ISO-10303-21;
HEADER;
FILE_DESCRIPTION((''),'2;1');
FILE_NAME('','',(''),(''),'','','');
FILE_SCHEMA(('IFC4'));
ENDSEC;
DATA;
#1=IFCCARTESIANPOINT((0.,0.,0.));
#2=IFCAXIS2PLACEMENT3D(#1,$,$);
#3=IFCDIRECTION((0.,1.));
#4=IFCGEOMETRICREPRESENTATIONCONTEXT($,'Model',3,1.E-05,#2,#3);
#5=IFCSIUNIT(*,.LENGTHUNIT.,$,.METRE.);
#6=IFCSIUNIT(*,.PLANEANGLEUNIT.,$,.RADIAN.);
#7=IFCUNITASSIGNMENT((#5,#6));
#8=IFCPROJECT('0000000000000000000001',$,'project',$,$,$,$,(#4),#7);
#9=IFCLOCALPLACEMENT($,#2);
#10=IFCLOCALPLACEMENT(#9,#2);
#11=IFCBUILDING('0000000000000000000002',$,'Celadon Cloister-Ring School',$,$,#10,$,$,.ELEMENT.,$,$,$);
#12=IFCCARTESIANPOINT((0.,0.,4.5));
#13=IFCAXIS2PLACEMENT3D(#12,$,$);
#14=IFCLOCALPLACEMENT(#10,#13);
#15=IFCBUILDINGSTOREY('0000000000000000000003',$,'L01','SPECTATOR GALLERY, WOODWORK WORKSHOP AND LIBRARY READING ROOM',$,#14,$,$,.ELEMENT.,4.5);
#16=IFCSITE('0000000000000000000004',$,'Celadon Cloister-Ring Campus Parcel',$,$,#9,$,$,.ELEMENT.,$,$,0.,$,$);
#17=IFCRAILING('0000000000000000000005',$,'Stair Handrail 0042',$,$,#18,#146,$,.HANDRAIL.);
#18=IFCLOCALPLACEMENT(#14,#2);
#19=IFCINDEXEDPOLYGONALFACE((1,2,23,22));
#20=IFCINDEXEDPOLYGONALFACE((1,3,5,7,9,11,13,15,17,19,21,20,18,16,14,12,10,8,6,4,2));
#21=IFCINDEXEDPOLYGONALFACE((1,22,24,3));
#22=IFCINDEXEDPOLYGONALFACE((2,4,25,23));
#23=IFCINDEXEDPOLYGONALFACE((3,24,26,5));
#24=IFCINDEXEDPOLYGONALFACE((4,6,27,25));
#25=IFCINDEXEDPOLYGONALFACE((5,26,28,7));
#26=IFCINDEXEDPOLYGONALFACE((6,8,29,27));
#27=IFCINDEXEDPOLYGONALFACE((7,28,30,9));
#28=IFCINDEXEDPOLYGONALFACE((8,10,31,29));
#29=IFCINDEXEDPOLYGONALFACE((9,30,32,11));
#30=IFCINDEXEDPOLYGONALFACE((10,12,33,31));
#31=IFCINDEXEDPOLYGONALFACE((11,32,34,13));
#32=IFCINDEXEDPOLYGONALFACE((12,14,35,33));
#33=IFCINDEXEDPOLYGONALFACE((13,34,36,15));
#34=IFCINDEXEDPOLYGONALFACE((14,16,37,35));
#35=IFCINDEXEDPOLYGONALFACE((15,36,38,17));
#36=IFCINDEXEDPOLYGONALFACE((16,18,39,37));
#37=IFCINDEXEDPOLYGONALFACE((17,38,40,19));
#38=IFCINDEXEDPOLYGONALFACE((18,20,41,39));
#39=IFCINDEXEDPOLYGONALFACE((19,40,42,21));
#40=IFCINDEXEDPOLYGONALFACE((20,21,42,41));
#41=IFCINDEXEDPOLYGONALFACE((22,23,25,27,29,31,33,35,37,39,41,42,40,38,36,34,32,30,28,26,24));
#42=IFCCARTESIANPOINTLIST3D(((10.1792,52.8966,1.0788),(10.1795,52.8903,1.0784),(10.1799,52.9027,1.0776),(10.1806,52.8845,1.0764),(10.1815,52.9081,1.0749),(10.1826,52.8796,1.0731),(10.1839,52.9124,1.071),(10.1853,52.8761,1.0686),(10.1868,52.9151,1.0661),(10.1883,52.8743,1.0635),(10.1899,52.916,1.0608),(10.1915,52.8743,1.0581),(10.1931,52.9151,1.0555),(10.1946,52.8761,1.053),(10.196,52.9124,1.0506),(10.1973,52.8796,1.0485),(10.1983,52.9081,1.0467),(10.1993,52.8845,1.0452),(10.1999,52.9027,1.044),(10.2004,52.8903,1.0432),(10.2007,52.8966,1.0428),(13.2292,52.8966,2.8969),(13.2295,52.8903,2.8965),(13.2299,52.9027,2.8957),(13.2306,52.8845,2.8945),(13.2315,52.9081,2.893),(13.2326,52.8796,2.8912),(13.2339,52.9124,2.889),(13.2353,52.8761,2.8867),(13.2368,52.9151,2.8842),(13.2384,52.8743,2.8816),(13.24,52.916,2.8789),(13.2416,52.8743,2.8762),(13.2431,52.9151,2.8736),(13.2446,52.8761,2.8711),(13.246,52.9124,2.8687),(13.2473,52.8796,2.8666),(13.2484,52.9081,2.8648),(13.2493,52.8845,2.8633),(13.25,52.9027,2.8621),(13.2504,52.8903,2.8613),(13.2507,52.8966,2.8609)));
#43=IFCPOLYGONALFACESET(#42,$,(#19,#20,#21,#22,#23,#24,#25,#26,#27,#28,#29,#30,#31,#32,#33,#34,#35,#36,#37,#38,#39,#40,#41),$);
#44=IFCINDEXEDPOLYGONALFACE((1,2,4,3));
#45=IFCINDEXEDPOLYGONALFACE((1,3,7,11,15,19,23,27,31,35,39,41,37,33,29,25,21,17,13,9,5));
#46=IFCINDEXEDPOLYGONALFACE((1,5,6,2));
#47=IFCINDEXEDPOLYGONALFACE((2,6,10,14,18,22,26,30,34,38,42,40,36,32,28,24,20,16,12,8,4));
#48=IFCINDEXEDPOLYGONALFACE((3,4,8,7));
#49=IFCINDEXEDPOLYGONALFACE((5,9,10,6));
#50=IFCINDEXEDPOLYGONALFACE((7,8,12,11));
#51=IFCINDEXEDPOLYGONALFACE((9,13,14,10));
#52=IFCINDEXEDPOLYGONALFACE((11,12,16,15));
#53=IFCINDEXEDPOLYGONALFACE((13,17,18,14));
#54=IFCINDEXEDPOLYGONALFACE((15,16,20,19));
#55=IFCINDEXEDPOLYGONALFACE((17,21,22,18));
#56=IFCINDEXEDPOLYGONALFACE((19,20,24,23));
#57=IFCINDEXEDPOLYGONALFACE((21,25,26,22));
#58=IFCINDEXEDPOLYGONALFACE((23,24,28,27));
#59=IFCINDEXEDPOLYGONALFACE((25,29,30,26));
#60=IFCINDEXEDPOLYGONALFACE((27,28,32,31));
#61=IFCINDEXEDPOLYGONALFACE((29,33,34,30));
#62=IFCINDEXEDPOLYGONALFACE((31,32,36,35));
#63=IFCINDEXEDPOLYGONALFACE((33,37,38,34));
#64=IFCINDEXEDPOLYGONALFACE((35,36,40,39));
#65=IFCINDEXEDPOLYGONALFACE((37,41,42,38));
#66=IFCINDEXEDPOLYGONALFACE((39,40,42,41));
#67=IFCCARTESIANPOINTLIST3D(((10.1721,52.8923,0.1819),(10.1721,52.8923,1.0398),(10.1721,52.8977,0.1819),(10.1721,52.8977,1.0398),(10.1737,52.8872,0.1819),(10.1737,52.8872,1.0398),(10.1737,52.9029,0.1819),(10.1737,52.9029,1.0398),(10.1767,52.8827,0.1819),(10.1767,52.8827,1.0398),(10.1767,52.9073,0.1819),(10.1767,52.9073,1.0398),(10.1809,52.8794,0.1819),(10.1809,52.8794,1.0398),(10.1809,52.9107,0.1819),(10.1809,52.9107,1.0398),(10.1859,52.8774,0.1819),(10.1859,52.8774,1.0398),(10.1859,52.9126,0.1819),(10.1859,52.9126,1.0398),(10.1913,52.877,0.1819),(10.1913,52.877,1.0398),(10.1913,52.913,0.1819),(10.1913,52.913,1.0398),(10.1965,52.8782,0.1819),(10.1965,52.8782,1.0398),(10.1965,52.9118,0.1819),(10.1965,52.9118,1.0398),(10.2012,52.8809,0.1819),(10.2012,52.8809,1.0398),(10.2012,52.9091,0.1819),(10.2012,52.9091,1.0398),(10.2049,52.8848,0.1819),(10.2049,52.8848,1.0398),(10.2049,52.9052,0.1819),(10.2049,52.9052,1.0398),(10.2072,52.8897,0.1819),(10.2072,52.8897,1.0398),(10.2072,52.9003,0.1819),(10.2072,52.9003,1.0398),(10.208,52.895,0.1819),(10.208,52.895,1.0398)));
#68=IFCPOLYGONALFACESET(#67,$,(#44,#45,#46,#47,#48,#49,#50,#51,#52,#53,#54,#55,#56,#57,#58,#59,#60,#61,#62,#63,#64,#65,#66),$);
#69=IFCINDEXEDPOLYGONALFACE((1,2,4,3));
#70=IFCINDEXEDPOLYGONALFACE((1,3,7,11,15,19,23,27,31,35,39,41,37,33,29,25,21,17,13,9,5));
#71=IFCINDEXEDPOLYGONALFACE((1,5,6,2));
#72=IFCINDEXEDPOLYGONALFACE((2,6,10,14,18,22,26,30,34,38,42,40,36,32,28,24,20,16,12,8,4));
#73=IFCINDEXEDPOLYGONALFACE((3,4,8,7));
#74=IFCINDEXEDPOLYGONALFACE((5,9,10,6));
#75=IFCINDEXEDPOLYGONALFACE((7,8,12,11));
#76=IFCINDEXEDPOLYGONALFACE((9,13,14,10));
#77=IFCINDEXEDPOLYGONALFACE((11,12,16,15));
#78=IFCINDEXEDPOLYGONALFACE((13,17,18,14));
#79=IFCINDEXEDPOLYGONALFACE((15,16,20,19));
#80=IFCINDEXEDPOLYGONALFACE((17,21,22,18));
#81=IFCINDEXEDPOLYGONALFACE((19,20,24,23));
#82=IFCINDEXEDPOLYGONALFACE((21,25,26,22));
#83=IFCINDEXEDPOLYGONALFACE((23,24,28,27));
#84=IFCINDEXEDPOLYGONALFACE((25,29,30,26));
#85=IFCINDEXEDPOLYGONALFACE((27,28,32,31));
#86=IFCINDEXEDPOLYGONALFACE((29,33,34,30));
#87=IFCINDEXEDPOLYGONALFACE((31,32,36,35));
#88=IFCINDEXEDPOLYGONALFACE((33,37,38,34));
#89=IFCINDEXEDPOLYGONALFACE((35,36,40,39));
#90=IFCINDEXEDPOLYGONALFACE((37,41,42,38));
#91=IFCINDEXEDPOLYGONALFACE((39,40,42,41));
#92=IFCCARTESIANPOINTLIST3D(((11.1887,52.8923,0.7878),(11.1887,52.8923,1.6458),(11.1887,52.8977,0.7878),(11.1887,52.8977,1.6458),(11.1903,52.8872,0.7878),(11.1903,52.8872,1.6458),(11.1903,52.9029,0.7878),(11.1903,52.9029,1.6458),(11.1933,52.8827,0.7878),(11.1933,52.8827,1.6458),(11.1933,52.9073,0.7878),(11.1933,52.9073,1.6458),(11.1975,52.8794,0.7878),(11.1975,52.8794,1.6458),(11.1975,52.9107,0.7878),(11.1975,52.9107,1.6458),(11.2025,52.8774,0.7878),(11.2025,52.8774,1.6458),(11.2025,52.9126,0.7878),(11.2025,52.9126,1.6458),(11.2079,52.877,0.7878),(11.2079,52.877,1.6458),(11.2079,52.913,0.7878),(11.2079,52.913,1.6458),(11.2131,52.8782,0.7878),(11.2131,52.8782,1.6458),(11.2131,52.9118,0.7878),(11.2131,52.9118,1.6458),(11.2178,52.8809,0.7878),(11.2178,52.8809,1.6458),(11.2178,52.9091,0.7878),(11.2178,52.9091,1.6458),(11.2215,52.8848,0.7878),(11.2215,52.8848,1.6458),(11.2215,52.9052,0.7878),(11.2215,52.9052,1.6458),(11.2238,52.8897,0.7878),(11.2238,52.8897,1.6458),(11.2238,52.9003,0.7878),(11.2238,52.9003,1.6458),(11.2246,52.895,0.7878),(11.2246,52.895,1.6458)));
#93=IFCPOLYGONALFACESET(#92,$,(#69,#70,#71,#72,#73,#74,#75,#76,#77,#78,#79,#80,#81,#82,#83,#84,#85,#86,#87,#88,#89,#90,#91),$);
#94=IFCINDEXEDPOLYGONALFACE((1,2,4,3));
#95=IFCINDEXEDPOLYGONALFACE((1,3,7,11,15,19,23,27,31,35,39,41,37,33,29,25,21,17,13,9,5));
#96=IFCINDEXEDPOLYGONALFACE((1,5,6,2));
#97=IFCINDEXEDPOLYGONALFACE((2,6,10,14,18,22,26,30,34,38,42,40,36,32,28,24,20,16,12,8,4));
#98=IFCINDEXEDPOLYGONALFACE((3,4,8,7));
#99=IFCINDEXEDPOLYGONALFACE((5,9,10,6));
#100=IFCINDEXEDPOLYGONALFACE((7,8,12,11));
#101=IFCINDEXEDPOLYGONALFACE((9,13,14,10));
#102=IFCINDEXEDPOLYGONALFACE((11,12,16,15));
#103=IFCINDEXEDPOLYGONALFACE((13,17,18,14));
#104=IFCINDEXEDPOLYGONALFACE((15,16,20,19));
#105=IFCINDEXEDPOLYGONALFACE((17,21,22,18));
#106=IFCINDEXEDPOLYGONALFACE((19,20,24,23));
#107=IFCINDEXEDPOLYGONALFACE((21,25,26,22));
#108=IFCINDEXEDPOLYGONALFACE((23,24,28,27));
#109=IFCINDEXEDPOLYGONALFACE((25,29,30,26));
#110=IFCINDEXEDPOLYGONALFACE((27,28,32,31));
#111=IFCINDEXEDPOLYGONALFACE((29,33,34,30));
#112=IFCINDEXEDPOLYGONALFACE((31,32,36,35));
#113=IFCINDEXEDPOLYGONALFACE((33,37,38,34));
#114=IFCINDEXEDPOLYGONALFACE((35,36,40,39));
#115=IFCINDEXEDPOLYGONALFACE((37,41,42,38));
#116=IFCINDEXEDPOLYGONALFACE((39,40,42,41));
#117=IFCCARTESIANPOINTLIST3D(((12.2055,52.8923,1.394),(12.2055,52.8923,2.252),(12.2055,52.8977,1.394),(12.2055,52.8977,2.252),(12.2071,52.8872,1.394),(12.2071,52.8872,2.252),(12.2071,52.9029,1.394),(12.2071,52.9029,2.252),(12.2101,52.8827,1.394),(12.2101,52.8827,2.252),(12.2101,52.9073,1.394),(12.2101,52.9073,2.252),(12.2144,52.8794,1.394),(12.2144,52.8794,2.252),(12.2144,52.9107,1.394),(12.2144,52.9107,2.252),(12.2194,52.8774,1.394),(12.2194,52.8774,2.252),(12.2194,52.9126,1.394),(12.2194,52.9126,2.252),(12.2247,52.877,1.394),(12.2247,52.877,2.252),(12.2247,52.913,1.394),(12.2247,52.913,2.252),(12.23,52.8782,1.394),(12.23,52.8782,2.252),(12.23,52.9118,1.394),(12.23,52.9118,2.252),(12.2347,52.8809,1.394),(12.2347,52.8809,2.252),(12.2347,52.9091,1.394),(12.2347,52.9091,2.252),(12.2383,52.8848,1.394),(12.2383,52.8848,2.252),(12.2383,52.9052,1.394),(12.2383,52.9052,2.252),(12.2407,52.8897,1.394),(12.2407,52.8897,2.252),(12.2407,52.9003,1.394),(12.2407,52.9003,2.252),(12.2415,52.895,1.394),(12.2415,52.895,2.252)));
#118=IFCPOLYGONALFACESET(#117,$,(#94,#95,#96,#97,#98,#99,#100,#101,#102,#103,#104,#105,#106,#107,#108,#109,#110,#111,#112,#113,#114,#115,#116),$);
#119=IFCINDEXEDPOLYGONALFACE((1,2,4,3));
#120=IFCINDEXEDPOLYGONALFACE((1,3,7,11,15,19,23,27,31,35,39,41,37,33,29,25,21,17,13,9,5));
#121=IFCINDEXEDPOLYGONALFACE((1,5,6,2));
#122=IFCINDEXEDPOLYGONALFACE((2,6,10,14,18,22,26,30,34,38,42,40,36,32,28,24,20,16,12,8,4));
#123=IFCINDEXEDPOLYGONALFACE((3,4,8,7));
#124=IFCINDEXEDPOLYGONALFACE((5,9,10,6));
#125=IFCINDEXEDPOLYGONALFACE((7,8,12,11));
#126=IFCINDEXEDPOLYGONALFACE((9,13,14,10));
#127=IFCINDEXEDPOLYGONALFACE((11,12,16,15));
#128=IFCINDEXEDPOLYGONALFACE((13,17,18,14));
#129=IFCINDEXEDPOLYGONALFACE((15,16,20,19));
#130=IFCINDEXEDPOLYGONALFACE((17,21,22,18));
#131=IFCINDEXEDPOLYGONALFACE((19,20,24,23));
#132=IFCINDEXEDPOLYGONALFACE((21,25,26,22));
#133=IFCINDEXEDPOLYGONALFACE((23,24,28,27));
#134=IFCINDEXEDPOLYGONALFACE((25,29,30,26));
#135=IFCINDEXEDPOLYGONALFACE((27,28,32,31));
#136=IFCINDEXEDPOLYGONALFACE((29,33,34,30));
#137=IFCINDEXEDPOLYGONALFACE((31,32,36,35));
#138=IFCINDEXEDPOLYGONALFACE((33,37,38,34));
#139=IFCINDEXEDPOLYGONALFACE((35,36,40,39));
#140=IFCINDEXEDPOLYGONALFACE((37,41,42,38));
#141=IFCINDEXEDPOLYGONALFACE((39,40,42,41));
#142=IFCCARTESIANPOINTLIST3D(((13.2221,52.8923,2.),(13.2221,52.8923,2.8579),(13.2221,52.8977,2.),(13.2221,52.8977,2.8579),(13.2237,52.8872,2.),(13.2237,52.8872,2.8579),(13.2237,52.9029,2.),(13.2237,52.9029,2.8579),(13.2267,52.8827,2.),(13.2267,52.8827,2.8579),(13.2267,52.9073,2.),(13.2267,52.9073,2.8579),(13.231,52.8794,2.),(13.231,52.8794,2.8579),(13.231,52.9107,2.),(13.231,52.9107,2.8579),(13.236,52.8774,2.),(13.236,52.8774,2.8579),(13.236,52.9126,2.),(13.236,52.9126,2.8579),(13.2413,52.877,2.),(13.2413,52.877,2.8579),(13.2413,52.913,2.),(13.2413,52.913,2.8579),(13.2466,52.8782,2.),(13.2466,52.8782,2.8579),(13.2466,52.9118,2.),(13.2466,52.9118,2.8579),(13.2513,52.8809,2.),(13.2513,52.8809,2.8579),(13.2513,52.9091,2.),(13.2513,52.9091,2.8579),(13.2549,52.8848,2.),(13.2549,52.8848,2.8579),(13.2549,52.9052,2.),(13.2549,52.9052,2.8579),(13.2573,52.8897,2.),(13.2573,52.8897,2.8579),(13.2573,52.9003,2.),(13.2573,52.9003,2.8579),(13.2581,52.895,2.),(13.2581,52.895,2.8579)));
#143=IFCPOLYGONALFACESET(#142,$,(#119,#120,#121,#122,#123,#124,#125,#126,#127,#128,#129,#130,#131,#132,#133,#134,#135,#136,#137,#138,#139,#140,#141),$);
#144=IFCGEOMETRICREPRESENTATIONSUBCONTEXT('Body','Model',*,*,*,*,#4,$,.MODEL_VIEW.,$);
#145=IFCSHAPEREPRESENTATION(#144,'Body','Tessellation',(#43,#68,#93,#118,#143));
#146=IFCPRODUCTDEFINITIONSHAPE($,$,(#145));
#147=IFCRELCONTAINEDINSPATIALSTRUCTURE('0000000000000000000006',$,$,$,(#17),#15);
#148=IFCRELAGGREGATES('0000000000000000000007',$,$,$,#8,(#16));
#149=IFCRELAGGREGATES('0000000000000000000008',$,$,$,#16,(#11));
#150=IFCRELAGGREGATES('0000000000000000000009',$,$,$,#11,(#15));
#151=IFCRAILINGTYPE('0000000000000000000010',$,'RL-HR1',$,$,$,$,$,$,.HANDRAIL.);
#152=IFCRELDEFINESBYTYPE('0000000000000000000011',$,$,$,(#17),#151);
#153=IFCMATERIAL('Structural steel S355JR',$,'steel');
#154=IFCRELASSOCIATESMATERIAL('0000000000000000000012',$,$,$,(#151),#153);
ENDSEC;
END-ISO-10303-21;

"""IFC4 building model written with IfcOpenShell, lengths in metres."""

from ifc_helpers import new_model, si_unit, direction, frame, origin, origin_2d, place, context, subcontext, project, spatial, circle, extrude, material, type_object, element, save


model = new_model("IFC4")

# Units and contexts
model_context = context("Model", 3, precision=1e-05, world=origin(), true_north=direction((0.0, 1.0)))
body_context = subcontext(model_context, "Body", "Model", "MODEL_VIEW")
ifc_project = project(units=[si_unit("LENGTHUNIT", "METRE"), si_unit("PLANEANGLEUNIT", "RADIAN")], contexts=[model_context])

# Site, building, storey
site_placement = place(None, origin())
site = spatial("IfcSite", under=ifc_project, at=site_placement, Name="Celadon Cloister-Ring Campus Parcel", CompositionType="ELEMENT", RefElevation=0.0)
building_placement = place(site_placement, origin())
building = spatial("IfcBuilding", under=site, at=building_placement, Name="Celadon Cloister-Ring School", CompositionType="ELEMENT")
storey_placement = place(building_placement, frame((0.0, 0.0, 4.5)))
storey = spatial("IfcBuildingStorey", under=building, at=storey_placement, Name="L01", Description="SPECTATOR GALLERY, WOODWORK WORKSHOP AND LIBRARY READING ROOM", CompositionType="ELEMENT", Elevation=4.5)

# Railing
ifc_material_1 = material(Name="Structural steel S355JR", Category="steel")
railing_type_1 = type_object("IfcRailingType", Name="RL-HR1", PredefinedType="HANDRAIL", material=ifc_material_1)
for number, where, name in (
    (1, (10.1899, 52.895, 0.1819), "Stair Handrail 0042"),
):
    element("IfcRailing", number, at=place(storey_placement, frame(where)), inside=storey, type_object=railing_type_1, Name=name, PredefinedType="HANDRAIL", context=body_context, shape_type="SweptSolid", body=[
        extrude(circle(Radius=0.021, at=origin_2d()), frame((0.0, 0.0, 0.8789), z_axis=(0.85897, 0.0, 0.512026), x_axis=(0.0, 1.0, 0.0)), (0.0, 0.0, 1.0), 3.5508),
        extrude(circle(Radius=0.0181, at=origin_2d()), origin(), (0.0, 0.0, 1.0), 0.8579),
        extrude(circle(Radius=0.0181, at=origin_2d()), frame((1.0166, 0.0, 0.606)), (0.0, 0.0, 1.0), 0.8579),
        extrude(circle(Radius=0.0181, at=origin_2d()), frame((2.0334, 0.0, 1.2122)), (0.0, 0.0, 1.0), 0.8579),
        extrude(circle(Radius=0.0181, at=origin_2d()), frame((3.05, 0.0, 1.8181)), (0.0, 0.0, 1.0), 0.8579),
    ])

save(model, "model.ifc")
